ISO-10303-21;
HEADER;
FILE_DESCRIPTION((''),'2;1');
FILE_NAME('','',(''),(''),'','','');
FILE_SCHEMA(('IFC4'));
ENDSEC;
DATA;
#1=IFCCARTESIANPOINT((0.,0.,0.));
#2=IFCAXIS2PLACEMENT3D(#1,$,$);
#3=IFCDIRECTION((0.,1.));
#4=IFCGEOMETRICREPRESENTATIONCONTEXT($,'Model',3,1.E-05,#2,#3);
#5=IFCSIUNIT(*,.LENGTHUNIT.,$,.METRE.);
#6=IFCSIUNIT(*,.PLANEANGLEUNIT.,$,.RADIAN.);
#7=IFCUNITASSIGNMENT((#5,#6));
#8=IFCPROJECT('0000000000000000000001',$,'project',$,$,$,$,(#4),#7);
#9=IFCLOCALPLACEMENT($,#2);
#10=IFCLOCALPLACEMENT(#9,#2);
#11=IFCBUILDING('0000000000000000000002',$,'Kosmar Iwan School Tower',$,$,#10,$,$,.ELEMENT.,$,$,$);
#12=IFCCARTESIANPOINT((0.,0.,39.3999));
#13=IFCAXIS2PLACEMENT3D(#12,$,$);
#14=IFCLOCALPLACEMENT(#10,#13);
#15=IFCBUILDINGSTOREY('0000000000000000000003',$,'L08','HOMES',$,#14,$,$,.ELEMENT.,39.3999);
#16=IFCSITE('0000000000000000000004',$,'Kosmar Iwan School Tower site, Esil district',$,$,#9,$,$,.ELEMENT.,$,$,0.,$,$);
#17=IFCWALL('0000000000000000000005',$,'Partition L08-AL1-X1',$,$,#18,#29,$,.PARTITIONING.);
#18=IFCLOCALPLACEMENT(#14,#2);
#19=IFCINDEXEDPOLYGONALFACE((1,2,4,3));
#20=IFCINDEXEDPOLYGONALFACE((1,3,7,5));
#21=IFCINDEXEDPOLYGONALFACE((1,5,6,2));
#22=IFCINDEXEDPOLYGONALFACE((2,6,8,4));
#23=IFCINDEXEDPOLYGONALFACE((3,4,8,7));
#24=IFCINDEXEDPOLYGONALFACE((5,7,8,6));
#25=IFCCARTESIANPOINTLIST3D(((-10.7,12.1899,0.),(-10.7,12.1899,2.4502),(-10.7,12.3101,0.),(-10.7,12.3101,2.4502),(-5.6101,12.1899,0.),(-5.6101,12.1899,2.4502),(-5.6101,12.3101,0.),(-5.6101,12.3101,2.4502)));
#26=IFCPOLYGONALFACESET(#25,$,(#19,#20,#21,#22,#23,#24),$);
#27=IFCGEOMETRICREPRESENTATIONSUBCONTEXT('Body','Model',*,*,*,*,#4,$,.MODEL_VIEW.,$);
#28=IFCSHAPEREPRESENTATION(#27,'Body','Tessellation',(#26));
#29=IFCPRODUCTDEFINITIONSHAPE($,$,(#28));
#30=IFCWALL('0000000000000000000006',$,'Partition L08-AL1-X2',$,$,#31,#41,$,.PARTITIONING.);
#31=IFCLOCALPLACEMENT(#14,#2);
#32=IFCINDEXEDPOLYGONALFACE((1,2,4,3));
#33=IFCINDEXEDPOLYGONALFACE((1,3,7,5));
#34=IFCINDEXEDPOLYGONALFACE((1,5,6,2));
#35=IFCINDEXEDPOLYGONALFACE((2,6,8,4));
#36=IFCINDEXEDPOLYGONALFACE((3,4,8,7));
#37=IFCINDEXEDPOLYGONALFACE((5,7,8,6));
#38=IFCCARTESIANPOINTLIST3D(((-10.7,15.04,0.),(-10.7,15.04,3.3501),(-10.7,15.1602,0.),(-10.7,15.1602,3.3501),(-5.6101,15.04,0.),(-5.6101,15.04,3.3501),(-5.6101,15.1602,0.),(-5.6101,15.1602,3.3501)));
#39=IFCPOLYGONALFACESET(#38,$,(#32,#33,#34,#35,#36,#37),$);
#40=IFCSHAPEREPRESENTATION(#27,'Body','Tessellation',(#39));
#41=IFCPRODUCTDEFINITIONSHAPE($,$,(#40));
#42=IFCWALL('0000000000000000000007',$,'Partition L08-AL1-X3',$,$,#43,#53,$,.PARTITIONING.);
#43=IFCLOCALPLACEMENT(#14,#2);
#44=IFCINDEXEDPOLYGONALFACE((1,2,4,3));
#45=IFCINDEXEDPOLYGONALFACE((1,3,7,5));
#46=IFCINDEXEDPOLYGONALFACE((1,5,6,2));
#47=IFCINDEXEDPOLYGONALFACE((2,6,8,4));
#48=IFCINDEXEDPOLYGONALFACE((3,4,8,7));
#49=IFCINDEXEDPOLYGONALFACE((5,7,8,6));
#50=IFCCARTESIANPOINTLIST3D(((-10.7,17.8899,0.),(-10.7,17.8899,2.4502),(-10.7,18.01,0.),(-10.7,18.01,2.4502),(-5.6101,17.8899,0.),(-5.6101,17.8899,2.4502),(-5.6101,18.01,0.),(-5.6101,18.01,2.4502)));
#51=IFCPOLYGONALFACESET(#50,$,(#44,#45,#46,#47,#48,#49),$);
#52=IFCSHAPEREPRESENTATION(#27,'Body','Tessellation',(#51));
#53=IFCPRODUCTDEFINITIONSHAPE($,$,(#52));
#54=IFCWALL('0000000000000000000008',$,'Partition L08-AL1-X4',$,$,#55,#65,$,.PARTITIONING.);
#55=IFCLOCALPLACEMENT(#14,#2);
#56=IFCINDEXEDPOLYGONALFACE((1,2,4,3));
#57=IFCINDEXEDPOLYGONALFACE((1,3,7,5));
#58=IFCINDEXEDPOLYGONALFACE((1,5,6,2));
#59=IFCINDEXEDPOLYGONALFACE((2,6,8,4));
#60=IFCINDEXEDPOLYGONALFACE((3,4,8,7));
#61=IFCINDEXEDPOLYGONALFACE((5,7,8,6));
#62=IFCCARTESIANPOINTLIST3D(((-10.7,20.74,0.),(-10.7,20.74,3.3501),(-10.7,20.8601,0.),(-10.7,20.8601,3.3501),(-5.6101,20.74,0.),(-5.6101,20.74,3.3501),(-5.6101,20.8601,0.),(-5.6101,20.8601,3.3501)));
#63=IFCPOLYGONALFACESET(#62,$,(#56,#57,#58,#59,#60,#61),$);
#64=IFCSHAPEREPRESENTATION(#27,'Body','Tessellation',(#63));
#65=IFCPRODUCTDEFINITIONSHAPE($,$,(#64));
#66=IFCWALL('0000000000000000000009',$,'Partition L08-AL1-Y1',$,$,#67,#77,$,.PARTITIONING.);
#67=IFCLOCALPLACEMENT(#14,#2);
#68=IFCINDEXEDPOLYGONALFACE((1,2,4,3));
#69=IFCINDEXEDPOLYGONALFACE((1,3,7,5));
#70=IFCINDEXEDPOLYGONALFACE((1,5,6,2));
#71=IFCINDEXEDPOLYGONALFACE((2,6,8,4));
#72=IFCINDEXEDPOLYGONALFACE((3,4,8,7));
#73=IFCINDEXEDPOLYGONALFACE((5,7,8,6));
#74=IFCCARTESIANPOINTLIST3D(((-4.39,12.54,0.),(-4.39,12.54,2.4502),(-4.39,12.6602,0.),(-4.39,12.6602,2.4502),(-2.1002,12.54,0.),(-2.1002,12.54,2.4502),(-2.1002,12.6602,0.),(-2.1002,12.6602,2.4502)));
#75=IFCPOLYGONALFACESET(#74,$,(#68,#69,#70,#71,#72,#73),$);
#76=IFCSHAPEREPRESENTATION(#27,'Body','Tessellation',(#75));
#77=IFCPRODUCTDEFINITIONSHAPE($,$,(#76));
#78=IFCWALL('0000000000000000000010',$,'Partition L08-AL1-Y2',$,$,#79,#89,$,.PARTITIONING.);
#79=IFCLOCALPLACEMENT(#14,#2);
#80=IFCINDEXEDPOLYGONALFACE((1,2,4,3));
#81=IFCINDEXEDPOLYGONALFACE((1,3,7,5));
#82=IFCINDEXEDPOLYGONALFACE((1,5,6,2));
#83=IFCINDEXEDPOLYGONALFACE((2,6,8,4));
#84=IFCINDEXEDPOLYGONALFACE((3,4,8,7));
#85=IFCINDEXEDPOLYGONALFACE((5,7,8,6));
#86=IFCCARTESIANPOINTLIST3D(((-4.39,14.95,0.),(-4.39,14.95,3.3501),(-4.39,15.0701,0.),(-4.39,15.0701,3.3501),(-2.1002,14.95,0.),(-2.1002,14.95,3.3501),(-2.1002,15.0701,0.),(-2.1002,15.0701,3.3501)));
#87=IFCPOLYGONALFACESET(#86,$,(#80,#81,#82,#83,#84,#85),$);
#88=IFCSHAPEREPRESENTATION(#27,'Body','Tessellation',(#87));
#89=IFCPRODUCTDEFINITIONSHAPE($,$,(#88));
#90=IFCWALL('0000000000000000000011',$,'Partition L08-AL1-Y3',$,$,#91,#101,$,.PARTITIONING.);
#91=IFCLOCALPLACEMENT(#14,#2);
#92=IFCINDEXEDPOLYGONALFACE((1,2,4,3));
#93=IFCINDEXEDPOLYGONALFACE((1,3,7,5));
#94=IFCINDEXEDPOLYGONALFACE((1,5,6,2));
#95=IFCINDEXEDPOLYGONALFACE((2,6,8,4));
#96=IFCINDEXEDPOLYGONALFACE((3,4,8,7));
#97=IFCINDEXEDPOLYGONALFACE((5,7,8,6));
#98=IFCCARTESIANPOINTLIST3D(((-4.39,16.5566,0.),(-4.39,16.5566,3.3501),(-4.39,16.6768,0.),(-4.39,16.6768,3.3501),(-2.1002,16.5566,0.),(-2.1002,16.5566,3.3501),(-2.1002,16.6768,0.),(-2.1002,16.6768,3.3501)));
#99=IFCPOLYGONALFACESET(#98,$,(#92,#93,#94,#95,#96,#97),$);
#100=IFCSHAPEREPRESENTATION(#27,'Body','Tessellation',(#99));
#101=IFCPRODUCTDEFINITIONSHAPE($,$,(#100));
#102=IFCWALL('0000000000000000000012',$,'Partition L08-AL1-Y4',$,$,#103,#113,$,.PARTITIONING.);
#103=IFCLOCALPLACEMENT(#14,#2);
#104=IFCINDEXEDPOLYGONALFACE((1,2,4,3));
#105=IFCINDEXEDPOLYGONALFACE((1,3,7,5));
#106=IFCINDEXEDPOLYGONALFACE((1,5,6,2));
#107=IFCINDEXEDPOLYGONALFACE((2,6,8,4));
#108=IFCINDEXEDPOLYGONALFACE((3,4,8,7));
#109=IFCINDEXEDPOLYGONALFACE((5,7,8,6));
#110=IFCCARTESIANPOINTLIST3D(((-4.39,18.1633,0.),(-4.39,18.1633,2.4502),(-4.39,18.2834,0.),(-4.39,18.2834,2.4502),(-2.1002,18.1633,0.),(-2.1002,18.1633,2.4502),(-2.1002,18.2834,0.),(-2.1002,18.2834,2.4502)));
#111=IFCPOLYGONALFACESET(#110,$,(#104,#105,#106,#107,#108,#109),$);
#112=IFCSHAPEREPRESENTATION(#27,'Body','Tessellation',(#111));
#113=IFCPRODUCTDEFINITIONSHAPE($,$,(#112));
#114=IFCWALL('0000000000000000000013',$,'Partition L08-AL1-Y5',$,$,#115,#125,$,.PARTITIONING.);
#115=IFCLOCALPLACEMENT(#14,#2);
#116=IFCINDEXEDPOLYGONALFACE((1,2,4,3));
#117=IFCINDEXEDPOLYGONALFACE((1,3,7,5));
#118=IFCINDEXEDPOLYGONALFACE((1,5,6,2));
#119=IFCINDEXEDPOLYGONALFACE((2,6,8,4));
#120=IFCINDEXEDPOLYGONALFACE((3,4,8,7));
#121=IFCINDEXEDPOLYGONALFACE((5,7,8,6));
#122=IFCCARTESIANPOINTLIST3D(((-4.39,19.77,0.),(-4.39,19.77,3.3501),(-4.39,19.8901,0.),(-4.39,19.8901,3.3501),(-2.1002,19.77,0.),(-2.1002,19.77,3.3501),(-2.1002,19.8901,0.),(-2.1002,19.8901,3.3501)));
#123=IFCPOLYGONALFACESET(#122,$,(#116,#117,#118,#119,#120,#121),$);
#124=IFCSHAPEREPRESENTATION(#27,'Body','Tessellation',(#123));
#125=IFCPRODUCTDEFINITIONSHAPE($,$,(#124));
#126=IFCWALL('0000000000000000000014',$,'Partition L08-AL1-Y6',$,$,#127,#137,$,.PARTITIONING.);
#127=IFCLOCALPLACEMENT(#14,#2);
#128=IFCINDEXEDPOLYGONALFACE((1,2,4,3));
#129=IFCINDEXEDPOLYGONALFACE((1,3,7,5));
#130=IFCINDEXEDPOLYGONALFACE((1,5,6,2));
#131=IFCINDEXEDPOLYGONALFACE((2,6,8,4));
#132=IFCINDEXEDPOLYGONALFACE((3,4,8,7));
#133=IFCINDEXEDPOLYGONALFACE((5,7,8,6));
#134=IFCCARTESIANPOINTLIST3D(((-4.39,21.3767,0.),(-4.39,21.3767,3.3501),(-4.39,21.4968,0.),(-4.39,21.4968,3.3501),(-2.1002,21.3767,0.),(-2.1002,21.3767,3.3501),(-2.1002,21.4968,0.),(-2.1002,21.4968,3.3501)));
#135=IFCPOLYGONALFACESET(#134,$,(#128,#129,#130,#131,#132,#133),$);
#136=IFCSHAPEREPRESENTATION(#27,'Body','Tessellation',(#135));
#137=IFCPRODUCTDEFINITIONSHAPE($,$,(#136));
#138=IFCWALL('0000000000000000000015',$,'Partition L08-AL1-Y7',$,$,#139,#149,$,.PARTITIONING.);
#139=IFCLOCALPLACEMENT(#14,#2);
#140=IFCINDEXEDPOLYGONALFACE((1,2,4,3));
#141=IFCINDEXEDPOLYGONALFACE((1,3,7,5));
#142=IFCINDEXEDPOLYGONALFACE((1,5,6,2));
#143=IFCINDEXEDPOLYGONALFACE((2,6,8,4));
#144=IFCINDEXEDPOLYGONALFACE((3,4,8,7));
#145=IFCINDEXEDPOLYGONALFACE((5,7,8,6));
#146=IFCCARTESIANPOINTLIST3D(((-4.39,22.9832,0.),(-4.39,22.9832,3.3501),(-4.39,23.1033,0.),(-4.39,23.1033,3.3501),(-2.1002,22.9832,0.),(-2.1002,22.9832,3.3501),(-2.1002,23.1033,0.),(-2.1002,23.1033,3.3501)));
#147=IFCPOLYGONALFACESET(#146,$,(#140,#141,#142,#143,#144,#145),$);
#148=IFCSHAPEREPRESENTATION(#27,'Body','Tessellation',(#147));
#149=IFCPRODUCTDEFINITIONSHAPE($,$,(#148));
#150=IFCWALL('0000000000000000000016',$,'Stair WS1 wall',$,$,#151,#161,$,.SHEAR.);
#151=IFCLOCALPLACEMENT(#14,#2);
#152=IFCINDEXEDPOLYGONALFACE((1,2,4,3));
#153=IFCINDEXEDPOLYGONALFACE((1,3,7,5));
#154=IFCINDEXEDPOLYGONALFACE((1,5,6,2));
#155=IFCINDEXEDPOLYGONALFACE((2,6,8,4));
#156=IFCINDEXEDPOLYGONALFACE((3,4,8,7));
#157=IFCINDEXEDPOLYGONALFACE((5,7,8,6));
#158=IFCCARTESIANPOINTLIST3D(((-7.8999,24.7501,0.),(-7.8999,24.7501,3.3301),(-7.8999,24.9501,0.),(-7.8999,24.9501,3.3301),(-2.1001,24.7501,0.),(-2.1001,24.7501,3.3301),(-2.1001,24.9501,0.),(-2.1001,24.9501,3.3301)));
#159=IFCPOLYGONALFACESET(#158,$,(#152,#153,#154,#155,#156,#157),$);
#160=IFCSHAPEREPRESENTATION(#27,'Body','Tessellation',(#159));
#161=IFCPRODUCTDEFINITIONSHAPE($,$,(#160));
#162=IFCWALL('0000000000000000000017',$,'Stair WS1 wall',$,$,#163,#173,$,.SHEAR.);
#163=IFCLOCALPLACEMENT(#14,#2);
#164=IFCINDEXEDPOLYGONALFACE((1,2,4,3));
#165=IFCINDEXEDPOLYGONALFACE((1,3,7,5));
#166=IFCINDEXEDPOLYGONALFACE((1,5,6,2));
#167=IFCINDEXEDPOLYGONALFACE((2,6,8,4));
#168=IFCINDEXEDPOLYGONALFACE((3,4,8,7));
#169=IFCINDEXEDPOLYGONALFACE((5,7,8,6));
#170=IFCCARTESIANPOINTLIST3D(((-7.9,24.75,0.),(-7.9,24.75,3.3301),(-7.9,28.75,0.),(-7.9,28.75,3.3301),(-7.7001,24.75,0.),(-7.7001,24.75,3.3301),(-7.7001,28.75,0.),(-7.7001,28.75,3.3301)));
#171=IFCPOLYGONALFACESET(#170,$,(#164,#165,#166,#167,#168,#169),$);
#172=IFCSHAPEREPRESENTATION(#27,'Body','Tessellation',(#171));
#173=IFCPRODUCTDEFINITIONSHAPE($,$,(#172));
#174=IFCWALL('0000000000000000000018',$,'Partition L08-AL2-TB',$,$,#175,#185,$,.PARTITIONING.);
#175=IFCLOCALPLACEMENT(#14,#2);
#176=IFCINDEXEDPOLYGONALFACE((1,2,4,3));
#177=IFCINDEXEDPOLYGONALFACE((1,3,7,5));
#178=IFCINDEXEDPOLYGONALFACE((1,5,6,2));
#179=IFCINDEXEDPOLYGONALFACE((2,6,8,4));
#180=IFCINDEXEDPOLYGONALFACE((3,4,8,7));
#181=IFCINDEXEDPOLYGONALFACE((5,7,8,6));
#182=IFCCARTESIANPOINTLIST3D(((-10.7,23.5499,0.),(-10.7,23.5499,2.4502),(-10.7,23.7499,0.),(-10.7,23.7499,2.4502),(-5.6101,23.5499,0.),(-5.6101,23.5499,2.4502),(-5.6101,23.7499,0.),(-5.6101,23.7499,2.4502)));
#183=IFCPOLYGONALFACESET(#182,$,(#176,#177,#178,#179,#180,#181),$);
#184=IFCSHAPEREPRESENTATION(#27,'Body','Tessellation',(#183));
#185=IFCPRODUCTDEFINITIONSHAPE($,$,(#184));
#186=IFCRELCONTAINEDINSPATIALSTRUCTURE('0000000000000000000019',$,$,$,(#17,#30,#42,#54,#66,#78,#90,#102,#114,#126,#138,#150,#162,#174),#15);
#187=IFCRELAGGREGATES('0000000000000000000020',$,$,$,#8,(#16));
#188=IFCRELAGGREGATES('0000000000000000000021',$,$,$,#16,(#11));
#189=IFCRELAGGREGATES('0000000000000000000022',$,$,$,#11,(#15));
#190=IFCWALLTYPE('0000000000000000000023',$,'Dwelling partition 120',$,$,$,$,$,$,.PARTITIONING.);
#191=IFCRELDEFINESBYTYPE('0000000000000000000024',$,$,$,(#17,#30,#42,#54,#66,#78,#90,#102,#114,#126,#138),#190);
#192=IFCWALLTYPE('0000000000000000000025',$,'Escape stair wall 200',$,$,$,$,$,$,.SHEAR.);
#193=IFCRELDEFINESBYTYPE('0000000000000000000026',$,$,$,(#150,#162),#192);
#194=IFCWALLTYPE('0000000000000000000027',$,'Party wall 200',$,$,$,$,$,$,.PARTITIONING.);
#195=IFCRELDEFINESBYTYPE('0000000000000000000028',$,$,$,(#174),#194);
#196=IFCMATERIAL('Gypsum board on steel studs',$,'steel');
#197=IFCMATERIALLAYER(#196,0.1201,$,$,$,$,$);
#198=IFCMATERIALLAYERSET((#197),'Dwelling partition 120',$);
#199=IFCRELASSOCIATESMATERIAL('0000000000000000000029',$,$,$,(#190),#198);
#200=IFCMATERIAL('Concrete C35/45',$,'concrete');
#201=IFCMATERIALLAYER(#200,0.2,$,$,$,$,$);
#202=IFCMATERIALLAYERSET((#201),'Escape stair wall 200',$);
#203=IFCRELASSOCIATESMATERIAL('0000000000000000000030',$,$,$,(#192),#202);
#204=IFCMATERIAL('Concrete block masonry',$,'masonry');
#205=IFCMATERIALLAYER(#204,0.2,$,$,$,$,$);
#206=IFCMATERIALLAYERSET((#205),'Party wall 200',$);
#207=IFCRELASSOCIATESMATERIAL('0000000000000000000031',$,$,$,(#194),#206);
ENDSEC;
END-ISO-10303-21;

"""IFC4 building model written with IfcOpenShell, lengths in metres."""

from ifc_helpers import new_model, si_unit, direction, frame, frame_2d, origin, place, context, subcontext, project, spatial, rectangle, extrude, material, layer, layer_set, type_object, element, save


model = new_model("IFC4")

# Units and contexts
model_context = context("Model", 3, precision=1e-05, world=origin(), true_north=direction((0.0, 1.0)))
body_context = subcontext(model_context, "Body", "Model", "MODEL_VIEW")
ifc_project = project(units=[si_unit("LENGTHUNIT", "METRE"), si_unit("PLANEANGLEUNIT", "RADIAN")], contexts=[model_context])

# Site, building, storey
site_placement = place(None, origin())
site = spatial("IfcSite", under=ifc_project, at=site_placement, Name="Kosmar Iwan School Tower site, Esil district", CompositionType="ELEMENT", RefElevation=0.0)
building_placement = place(site_placement, origin())
building = spatial("IfcBuilding", under=site, at=building_placement, Name="Kosmar Iwan School Tower", CompositionType="ELEMENT")
storey_placement = place(building_placement, frame((0.0, 0.0, 39.3999)))
storey = spatial("IfcBuildingStorey", under=building, at=storey_placement, Name="L08", Description="HOMES", CompositionType="ELEMENT", Elevation=39.3999)

# Walls
ifc_material_1 = material(Name="Gypsum board on steel studs", Category="steel")
ifc_layer_1 = layer(ifc_material_1, 0.1201)
ifc_layer_set_1 = layer_set([ifc_layer_1], Name="Dwelling partition 120")
wall_type_1 = type_object("IfcWallType", Name="Dwelling partition 120", PredefinedType="PARTITIONING", material=ifc_layer_set_1)
wall_1_placement = place(storey_placement, frame((-5.6101, 12.25, 0.0), z_axis=(0.0, 0.0, 1.0), x_axis=(-1.0, 0.0, 0.0)))
element("IfcWall", 1, at=wall_1_placement, inside=storey, type_object=wall_type_1, Name="Partition L08-AL1-X1", PredefinedType="PARTITIONING", context=body_context, shape_type="SweptSolid", body=[
    extrude(rectangle(XDim=5.0898, YDim=0.1201, at=frame_2d((2.5449, 0.0))), origin(), (0.0, 0.0, 1.0), 2.4502),
])
wall_2_placement = place(storey_placement, frame((-5.6101, 15.1001, 0.0), z_axis=(0.0, 0.0, 1.0), x_axis=(-1.0, 0.0, 0.0)))
element("IfcWall", 2, at=wall_2_placement, inside=storey, type_object=wall_type_1, Name="Partition L08-AL1-X2", PredefinedType="PARTITIONING", context=body_context, shape_type="SweptSolid", body=[
    extrude(rectangle(XDim=5.0898, YDim=0.1201, at=frame_2d((2.5449, 0.0))), origin(), (0.0, 0.0, 1.0), 3.3501),
])
wall_3_placement = place(storey_placement, frame((-5.6101, 17.95, 0.0), z_axis=(0.0, 0.0, 1.0), x_axis=(-1.0, 0.0, 0.0)))
element("IfcWall", 3, at=wall_3_placement, inside=storey, type_object=wall_type_1, Name="Partition L08-AL1-X3", PredefinedType="PARTITIONING", context=body_context, shape_type="SweptSolid", body=[
    extrude(rectangle(XDim=5.0898, YDim=0.1201, at=frame_2d((2.5449, 0.0))), origin(), (0.0, 0.0, 1.0), 2.4502),
])
wall_4_placement = place(storey_placement, frame((-5.6101, 20.8, 0.0), z_axis=(0.0, 0.0, 1.0), x_axis=(-1.0, 0.0, 0.0)))
element("IfcWall", 4, at=wall_4_placement, inside=storey, type_object=wall_type_1, Name="Partition L08-AL1-X4", PredefinedType="PARTITIONING", context=body_context, shape_type="SweptSolid", body=[
    extrude(rectangle(XDim=5.0898, YDim=0.1201, at=frame_2d((2.5449, 0.0))), origin(), (0.0, 0.0, 1.0), 3.3501),
])
wall_5_placement = place(storey_placement, frame((-2.1001, 12.6001, 0.0), z_axis=(0.0, 0.0, 1.0), x_axis=(-1.0, 0.0, 0.0)))
element("IfcWall", 5, at=wall_5_placement, inside=storey, type_object=wall_type_1, Name="Partition L08-AL1-Y1", PredefinedType="PARTITIONING", context=body_context, shape_type="SweptSolid", body=[
    extrude(rectangle(XDim=2.2898, YDim=0.1201, at=frame_2d((1.145, 0.0))), origin(), (0.0, 0.0, 1.0), 2.4502),
])
for number, where, z_axis, x_axis, name in (
    (6, (-2.1001, 15.01, 0.0), (0.0, 0.0, 1.0), (-1.0, 0.0, 0.0), "Partition L08-AL1-Y2"),
    (7, (-2.1001, 16.6167, 0.0), (0.0, 0.0, 1.0), (-1.0, 0.0, 0.0), "Partition L08-AL1-Y3"),
):
    element("IfcWall", number, at=place(storey_placement, frame(where, z_axis=z_axis, x_axis=x_axis)), inside=storey, type_object=wall_type_1, Name=name, PredefinedType="PARTITIONING", context=body_context, shape_type="SweptSolid", body=[
        extrude(rectangle(XDim=2.2898, YDim=0.1201, at=frame_2d((1.145, 0.0))), origin(), (0.0, 0.0, 1.0), 3.3501),
    ])
wall_6_placement = place(storey_placement, frame((-2.1001, 18.2234, 0.0), z_axis=(0.0, 0.0, 1.0), x_axis=(-1.0, 0.0, 0.0)))
element("IfcWall", 8, at=wall_6_placement, inside=storey, type_object=wall_type_1, Name="Partition L08-AL1-Y4", PredefinedType="PARTITIONING", context=body_context, shape_type="SweptSolid", body=[
    extrude(rectangle(XDim=2.2898, YDim=0.1201, at=frame_2d((1.145, 0.0))), origin(), (0.0, 0.0, 1.0), 2.4502),
])
for number, where, z_axis, x_axis, name in (
    (9, (-2.1001, 19.8301, 0.0), (0.0, 0.0, 1.0), (-1.0, 0.0, 0.0), "Partition L08-AL1-Y5"),
    (10, (-2.1001, 21.4368, 0.0), (0.0, 0.0, 1.0), (-1.0, 0.0, 0.0), "Partition L08-AL1-Y6"),
    (11, (-2.1001, 23.0432, 0.0), (0.0, 0.0, 1.0), (-1.0, 0.0, 0.0), "Partition L08-AL1-Y7"),
):
    element("IfcWall", number, at=place(storey_placement, frame(where, z_axis=z_axis, x_axis=x_axis)), inside=storey, type_object=wall_type_1, Name=name, PredefinedType="PARTITIONING", context=body_context, shape_type="SweptSolid", body=[
        extrude(rectangle(XDim=2.2898, YDim=0.1201, at=frame_2d((1.145, 0.0))), origin(), (0.0, 0.0, 1.0), 3.3501),
    ])
ifc_material_2 = material(Name="Concrete C35/45", Category="concrete")
ifc_layer_2 = layer(ifc_material_2, 0.2)
ifc_layer_set_2 = layer_set([ifc_layer_2], Name="Escape stair wall 200")
wall_type_2 = type_object("IfcWallType", Name="Escape stair wall 200", PredefinedType="SHEAR", material=ifc_layer_set_2)
wall_7_placement = place(storey_placement, frame((-2.1001, 24.8501, 0.0), z_axis=(0.0, 0.0, 1.0), x_axis=(-1.0, 0.0, 0.0)))
element("IfcWall", 12, at=wall_7_placement, inside=storey, type_object=wall_type_2, Name="Stair WS1 wall", PredefinedType="SHEAR", context=body_context, shape_type="SweptSolid", body=[
    extrude(rectangle(XDim=5.7998, YDim=0.2, at=frame_2d((2.8999, 0.0))), origin(), (0.0, 0.0, 1.0), 3.3301),
])
wall_8_placement = place(storey_placement, frame((-7.8, 24.75, 0.0), z_axis=(0.0, 0.0, 1.0), x_axis=(0.0, 1.0, 0.0)))
element("IfcWall", 13, at=wall_8_placement, inside=storey, type_object=wall_type_2, Name="Stair WS1 wall", PredefinedType="SHEAR", context=body_context, shape_type="SweptSolid", body=[
    extrude(rectangle(XDim=4.0, YDim=0.2, at=frame_2d((2.0, 0.0))), origin(), (0.0, 0.0, 1.0), 3.3301),
])
ifc_material_3 = material(Name="Concrete block masonry", Category="masonry")
ifc_layer_3 = layer(ifc_material_3, 0.2)
ifc_layer_set_3 = layer_set([ifc_layer_3], Name="Party wall 200")
wall_type_3 = type_object("IfcWallType", Name="Party wall 200", PredefinedType="PARTITIONING", material=ifc_layer_set_3)
wall_9_placement = place(storey_placement, frame((-5.6101, 23.6499, 0.0), z_axis=(0.0, 0.0, 1.0), x_axis=(-1.0, 0.0, 0.0)))
element("IfcWall", 14, at=wall_9_placement, inside=storey, type_object=wall_type_3, Name="Partition L08-AL2-TB", PredefinedType="PARTITIONING", context=body_context, shape_type="SweptSolid", body=[
    extrude(rectangle(XDim=5.0898, YDim=0.2, at=frame_2d((2.5449, 0.0))), origin(), (0.0, 0.0, 1.0), 2.4502),
])

save(model, "model.ifc")
